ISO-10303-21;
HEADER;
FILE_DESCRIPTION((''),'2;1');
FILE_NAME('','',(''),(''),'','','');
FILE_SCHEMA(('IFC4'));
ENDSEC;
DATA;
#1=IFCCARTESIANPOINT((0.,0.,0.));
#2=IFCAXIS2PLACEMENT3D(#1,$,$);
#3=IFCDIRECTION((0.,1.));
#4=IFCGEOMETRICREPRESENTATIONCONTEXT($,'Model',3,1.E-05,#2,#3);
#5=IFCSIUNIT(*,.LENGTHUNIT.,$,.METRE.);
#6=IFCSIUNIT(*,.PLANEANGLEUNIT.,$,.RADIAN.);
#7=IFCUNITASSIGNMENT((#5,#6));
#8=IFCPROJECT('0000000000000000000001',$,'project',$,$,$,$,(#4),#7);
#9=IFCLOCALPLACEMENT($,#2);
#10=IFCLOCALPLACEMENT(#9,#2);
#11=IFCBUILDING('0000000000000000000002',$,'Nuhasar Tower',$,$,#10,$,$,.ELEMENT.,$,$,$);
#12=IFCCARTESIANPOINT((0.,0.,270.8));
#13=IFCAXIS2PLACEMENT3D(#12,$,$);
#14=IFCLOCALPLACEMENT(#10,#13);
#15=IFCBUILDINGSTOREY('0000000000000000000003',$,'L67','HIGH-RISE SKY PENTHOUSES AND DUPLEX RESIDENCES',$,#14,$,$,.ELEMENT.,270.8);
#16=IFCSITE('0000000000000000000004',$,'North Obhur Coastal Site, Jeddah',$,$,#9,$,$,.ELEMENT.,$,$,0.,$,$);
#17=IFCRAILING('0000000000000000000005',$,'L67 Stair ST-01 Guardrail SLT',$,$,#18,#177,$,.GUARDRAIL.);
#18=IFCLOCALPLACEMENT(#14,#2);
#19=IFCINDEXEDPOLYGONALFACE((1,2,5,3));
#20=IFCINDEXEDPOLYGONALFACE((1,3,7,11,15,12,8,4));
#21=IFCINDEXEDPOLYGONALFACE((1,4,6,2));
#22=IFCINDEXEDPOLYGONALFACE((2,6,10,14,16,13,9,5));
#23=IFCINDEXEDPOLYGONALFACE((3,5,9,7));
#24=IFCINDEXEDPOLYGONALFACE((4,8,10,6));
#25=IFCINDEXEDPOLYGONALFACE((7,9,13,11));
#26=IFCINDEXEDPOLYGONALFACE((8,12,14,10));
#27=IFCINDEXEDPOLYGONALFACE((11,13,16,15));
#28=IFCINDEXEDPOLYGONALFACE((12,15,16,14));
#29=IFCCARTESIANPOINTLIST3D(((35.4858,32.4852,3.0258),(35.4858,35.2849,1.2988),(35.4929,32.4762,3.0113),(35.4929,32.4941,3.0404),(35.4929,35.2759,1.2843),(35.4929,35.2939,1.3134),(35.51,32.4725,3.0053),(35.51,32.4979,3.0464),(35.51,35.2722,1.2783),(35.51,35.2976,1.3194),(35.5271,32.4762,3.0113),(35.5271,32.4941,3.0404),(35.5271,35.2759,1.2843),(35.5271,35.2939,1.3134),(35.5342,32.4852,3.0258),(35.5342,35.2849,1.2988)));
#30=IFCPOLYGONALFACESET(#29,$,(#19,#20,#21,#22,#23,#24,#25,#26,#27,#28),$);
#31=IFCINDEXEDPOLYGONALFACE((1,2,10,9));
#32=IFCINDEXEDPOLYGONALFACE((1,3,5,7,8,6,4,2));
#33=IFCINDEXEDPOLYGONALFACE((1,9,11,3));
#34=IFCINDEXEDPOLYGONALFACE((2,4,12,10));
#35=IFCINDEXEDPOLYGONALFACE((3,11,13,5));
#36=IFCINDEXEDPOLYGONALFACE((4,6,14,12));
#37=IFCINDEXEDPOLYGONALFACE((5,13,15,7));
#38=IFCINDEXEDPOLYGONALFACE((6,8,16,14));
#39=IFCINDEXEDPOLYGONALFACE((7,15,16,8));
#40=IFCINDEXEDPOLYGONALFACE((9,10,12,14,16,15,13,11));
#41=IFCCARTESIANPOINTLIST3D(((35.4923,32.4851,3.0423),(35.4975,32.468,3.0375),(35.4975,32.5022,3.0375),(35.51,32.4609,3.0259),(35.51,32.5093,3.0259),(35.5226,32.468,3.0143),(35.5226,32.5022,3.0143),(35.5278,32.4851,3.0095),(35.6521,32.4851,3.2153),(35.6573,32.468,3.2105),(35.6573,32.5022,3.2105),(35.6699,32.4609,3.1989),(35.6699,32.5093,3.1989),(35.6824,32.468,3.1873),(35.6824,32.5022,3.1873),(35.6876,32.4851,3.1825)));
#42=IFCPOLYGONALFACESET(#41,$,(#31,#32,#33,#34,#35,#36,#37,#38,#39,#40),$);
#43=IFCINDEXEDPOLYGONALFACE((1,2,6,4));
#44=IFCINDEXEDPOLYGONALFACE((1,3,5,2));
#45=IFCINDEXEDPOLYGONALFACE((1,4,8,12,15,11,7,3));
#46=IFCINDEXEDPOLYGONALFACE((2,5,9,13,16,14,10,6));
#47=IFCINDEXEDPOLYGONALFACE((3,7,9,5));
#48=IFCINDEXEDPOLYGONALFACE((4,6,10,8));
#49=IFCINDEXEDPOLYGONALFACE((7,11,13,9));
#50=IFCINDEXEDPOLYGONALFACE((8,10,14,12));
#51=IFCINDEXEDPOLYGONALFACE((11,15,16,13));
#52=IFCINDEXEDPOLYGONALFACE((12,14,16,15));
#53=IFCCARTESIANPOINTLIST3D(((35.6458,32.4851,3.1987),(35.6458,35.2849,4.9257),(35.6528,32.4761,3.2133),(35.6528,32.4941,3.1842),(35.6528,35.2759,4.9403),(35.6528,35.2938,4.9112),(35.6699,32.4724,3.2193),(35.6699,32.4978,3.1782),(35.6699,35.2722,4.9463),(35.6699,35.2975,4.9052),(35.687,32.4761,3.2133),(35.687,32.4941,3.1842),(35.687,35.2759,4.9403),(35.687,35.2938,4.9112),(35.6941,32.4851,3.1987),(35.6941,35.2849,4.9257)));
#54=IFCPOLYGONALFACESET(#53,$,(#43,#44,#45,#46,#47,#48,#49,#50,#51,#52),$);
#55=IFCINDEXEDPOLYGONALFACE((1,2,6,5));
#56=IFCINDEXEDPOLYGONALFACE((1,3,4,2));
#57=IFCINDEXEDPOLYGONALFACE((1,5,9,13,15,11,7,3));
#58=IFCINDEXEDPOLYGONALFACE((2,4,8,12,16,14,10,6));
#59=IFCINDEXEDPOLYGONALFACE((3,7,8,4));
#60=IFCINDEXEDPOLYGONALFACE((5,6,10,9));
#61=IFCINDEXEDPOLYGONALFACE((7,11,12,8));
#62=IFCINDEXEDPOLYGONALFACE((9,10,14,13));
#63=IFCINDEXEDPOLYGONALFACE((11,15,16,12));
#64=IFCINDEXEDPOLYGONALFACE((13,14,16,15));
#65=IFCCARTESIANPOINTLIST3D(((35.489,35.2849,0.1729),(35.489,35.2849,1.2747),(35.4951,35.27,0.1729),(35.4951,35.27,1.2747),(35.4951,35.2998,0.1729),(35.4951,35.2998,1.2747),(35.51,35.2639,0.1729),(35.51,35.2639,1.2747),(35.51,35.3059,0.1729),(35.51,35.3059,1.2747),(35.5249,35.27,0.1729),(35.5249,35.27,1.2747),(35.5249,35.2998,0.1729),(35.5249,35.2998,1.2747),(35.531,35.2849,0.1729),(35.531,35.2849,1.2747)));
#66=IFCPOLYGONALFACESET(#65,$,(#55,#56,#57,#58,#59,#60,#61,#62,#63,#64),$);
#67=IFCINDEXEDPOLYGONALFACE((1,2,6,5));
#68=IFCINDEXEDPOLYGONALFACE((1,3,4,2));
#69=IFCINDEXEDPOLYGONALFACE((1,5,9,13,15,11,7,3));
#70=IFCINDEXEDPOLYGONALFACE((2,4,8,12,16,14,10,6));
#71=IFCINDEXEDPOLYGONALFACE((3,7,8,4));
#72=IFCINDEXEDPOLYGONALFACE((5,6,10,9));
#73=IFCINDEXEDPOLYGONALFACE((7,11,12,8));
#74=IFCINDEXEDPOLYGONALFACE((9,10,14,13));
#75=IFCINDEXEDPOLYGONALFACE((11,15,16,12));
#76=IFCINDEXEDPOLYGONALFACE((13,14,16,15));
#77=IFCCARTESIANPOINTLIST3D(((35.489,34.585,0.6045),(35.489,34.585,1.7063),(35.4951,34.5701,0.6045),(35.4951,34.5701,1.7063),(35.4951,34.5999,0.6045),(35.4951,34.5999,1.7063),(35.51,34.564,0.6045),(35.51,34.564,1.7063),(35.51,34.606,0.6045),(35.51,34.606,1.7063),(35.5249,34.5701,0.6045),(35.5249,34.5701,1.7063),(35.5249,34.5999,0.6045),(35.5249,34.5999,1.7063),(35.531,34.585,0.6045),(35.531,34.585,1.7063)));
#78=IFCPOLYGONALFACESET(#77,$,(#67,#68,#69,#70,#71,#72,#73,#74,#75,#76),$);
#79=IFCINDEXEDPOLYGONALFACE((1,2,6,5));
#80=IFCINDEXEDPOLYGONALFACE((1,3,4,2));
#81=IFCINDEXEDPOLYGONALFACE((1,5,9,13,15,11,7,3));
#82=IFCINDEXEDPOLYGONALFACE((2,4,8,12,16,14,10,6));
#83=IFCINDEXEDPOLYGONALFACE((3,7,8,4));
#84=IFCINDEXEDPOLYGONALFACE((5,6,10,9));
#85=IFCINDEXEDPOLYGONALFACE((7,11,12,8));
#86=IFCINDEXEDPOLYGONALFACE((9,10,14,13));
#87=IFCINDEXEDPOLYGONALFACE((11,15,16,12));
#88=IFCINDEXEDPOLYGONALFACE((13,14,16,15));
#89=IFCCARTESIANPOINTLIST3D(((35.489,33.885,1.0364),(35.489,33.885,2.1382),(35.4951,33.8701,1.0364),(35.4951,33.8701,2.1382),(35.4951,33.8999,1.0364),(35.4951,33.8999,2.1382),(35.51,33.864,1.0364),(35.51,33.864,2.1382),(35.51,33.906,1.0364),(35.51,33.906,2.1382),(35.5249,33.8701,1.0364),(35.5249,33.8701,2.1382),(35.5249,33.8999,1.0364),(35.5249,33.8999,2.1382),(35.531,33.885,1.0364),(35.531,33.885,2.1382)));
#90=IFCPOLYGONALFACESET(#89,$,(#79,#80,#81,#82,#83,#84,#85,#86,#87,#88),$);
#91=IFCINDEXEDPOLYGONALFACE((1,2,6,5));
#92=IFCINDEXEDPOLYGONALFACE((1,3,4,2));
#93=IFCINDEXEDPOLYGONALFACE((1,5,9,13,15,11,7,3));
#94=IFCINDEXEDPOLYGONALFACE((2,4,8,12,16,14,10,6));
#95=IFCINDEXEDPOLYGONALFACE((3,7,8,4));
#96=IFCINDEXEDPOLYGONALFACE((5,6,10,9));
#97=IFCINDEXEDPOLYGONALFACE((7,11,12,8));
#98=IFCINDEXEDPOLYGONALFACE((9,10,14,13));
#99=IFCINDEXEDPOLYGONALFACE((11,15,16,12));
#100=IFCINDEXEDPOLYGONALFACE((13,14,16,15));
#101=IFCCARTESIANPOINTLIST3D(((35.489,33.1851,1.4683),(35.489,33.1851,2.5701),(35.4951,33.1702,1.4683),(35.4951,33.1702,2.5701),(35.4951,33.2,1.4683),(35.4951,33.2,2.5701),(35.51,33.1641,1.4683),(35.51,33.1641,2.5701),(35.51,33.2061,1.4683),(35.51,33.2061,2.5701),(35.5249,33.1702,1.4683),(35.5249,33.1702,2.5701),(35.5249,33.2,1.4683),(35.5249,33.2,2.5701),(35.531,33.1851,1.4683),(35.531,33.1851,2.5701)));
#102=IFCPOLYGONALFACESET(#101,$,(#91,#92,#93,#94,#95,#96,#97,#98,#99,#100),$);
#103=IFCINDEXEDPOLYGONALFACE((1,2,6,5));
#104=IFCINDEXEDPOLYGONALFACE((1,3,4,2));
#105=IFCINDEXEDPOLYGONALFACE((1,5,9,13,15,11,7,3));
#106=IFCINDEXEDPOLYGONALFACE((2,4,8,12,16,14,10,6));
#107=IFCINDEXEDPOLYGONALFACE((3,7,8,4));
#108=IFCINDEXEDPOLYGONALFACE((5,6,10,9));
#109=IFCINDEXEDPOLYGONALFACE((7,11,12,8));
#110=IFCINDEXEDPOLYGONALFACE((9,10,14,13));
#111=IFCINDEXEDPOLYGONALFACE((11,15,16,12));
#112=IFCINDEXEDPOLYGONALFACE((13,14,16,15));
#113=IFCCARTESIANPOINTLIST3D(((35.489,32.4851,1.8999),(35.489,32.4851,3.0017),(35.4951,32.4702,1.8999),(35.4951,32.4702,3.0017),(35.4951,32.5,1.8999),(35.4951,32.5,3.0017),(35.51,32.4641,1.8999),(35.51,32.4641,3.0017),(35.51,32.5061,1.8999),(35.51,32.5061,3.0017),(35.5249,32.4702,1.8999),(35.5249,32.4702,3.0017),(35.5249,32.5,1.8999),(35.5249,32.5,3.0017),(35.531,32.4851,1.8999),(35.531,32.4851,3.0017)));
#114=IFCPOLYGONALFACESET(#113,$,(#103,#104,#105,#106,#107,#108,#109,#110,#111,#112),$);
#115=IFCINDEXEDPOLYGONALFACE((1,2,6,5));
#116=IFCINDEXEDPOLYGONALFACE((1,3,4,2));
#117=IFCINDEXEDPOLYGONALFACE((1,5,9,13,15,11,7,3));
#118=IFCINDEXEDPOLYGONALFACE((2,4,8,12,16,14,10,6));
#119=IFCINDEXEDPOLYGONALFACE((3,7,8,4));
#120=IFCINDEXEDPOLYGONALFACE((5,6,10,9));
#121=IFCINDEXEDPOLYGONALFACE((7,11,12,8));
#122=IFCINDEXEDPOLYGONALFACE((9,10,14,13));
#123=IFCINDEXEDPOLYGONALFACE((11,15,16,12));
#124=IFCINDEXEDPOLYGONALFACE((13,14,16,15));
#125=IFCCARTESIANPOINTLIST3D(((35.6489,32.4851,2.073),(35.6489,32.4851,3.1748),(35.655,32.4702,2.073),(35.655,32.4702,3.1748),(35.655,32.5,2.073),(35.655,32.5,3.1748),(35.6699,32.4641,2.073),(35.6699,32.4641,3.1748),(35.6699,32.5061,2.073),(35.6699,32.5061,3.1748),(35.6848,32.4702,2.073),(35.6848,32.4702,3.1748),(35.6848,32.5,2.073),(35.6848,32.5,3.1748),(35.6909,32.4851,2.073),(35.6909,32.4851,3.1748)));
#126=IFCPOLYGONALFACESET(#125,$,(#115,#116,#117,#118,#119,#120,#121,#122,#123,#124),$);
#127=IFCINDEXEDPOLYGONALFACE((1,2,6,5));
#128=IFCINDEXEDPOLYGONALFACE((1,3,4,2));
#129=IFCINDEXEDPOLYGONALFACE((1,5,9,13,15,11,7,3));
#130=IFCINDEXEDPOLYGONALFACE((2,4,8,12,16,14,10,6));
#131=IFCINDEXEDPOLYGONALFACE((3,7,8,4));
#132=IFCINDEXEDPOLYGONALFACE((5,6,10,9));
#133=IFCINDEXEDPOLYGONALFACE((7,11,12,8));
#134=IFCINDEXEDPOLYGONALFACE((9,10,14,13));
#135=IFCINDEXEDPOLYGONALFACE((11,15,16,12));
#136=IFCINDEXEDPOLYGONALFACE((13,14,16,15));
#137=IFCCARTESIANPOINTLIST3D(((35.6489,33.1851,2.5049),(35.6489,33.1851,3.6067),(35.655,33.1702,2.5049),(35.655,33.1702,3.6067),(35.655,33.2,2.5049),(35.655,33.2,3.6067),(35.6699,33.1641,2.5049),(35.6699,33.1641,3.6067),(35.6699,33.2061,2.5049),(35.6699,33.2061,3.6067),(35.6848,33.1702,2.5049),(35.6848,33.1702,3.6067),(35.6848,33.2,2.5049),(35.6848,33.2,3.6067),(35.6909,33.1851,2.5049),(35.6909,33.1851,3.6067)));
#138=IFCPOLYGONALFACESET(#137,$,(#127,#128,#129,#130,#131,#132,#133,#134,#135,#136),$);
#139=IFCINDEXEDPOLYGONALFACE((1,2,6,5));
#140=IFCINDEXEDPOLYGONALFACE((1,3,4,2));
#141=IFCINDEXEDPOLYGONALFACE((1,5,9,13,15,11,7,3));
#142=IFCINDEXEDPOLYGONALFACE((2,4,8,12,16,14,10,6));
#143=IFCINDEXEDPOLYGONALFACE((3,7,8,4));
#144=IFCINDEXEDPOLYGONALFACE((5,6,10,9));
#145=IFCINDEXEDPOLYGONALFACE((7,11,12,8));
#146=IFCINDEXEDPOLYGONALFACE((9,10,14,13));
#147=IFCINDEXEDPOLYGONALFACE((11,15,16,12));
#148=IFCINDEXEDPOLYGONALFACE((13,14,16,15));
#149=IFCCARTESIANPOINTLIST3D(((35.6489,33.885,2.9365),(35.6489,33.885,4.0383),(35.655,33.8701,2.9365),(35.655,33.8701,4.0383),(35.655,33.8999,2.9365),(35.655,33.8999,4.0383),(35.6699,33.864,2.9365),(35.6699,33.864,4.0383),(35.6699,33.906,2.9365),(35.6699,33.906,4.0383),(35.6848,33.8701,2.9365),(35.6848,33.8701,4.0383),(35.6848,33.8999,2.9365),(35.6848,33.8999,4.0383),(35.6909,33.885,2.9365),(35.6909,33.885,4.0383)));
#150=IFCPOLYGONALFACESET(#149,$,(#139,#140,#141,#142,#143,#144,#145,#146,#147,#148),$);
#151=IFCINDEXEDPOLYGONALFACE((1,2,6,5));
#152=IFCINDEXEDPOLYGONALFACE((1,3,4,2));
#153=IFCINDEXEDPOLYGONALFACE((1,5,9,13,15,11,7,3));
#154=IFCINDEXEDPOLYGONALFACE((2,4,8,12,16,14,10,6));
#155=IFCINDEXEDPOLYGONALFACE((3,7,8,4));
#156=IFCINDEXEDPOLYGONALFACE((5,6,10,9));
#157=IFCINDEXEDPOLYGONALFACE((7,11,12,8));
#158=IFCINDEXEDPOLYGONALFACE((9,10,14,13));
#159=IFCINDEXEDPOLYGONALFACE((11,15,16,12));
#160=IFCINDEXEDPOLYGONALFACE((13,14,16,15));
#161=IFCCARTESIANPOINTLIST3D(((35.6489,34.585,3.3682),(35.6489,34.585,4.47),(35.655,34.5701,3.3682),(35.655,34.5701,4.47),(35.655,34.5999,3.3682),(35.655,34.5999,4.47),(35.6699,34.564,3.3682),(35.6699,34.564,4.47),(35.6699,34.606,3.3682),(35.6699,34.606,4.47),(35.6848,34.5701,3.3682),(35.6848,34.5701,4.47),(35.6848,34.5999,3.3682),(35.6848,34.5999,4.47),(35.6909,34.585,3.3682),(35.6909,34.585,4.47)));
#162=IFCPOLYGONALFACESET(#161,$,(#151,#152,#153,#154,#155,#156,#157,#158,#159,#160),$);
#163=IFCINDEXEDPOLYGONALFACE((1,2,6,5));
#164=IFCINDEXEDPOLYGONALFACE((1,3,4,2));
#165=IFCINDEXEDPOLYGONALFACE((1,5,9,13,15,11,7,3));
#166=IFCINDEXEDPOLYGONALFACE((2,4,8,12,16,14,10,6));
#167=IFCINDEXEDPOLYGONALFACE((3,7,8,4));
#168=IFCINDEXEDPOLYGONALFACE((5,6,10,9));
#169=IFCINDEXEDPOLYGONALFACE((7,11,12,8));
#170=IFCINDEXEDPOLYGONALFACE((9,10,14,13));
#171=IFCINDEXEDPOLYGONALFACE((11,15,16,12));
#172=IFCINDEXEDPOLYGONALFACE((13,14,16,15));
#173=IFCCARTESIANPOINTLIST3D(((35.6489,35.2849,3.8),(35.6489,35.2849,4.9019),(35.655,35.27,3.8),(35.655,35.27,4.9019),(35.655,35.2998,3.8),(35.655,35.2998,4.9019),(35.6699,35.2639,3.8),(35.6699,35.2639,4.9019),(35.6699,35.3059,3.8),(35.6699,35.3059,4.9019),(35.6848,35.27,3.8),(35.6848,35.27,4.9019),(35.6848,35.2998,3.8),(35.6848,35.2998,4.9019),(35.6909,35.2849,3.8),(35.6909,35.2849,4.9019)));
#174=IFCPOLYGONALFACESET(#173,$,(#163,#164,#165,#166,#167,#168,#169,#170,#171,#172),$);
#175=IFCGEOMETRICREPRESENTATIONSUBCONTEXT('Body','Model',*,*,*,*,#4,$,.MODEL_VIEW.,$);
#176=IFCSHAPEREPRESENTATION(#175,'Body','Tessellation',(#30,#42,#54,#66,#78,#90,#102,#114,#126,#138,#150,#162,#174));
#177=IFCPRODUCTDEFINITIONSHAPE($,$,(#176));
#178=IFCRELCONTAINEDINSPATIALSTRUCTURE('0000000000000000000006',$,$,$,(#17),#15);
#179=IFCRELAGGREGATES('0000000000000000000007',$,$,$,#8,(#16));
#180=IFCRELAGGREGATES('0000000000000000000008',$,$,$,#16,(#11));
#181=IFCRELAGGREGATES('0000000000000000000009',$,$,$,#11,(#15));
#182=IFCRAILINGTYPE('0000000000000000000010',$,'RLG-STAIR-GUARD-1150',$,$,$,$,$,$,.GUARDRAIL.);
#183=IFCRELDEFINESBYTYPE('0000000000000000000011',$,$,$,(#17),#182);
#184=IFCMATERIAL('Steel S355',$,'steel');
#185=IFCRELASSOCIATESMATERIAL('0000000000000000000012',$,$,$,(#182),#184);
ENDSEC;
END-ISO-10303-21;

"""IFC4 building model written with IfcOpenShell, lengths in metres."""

from ifc_helpers import new_model, si_unit, direction, frame, origin, place, context, subcontext, project, spatial, polyline, outline, extrude, material, type_object, element, save


model = new_model("IFC4")

# Units and contexts
model_context = context("Model", 3, precision=1e-05, world=origin(), true_north=direction((0.0, 1.0)))
body_context = subcontext(model_context, "Body", "Model", "MODEL_VIEW")
ifc_project = project(units=[si_unit("LENGTHUNIT", "METRE"), si_unit("PLANEANGLEUNIT", "RADIAN")], contexts=[model_context])

# Site, building, storey
site_placement = place(None, origin())
site = spatial("IfcSite", under=ifc_project, at=site_placement, Name="North Obhur Coastal Site, Jeddah", CompositionType="ELEMENT", RefElevation=0.0)
building_placement = place(site_placement, origin())
building = spatial("IfcBuilding", under=site, at=building_placement, Name="Nuhasar Tower", CompositionType="ELEMENT")
storey_placement = place(building_placement, frame((0.0, 0.0, 270.8)))
storey = spatial("IfcBuildingStorey", under=building, at=storey_placement, Name="L67", Description="HIGH-RISE SKY PENTHOUSES AND DUPLEX RESIDENCES", CompositionType="ELEMENT", Elevation=270.8)

# Shared definitions
ifc_material_1 = material(Name="Steel S355", Category="steel")

# Railing
railing_type_1 = type_object("IfcRailingType", Name="RLG-STAIR-GUARD-1150", PredefinedType="GUARDRAIL", material=ifc_material_1)
railing_1_placement = place(storey_placement, frame((35.51, 35.2849, 0.1729)))
element("IfcRailing", 1, at=railing_1_placement, inside=storey, type_object=railing_type_1, Name="L67 Stair ST-01 Guardrail SLT", PredefinedType="GUARDRAIL", context=body_context, shape_type="SweptSolid", body=[
    extrude(outline(polyline([(0.0242, 0.0), (0.0171, 0.0171), (0.0, 0.0242), (-0.0171, 0.0171), (-0.0242, 0.0), (-0.0171, -0.0171), (0.0, -0.0242), (0.0171, -0.0171), (0.0242, 0.0)])), frame((0.0, 0.0, 1.126), z_axis=(0.0, -0.851102, 0.525), x_axis=(1.0, 0.0, 0.0)), (0.0, 0.0, 1.0), 3.2896),
    extrude(outline(polyline([(0.0242, 0.0), (0.0171, 0.0171), (0.0, 0.0242), (-0.0171, 0.0171), (-0.0242, 0.0), (-0.0171, -0.0171), (0.0, -0.0242), (0.0171, -0.0171), (0.0242, 0.0)])), frame((0.0, -2.7998, 2.853), z_axis=(0.678581, 0.0, 0.734525), x_axis=(0.0, 1.0, 0.0)), (0.0, 0.0, 1.0), 0.2356),
    extrude(outline(polyline([(0.0242, 0.0), (0.0171, 0.0171), (0.0, 0.0242), (-0.0171, 0.0171), (-0.0242, 0.0), (-0.0171, -0.0171), (0.0, -0.0242), (0.0171, -0.0171), (0.0242, 0.0)])), frame((0.1599, -2.7998, 3.0259), z_axis=(0.0, 0.851102, 0.525), x_axis=(-1.0, 0.0, 0.0)), (0.0, 0.0, 1.0), 3.2896),
    extrude(outline(polyline([(0.021, 0.0), (0.0149, 0.0149), (0.0, 0.021), (-0.0149, 0.0149), (-0.021, 0.0), (-0.0149, -0.0149), (0.0, -0.021), (0.0149, -0.0149), (0.021, 0.0)])), origin(), (0.0, 0.0, 1.0), 1.1018),
    extrude(outline(polyline([(0.021, 0.0), (0.0149, 0.0149), (0.0, 0.021), (-0.0149, 0.0149), (-0.021, 0.0), (-0.0149, -0.0149), (0.0, -0.021), (0.0149, -0.0149), (0.021, 0.0)])), frame((0.0, -0.7, 0.4316)), (0.0, 0.0, 1.0), 1.1018),
    extrude(outline(polyline([(0.021, 0.0), (0.0149, 0.0149), (0.0, 0.021), (-0.0149, 0.0149), (-0.021, 0.0), (-0.0149, -0.0149), (0.0, -0.021), (0.0149, -0.0149), (0.021, 0.0)])), frame((0.0, -1.3999, 0.8635)), (0.0, 0.0, 1.0), 1.1018),
    extrude(outline(polyline([(0.021, 0.0), (0.0149, 0.0149), (0.0, 0.021), (-0.0149, 0.0149), (-0.021, 0.0), (-0.0149, -0.0149), (0.0, -0.021), (0.0149, -0.0149), (0.021, 0.0)])), frame((0.0, -2.0999, 1.2954)), (0.0, 0.0, 1.0), 1.1018),
    extrude(outline(polyline([(0.021, 0.0), (0.0149, 0.0149), (0.0, 0.021), (-0.0149, 0.0149), (-0.021, 0.0), (-0.0149, -0.0149), (0.0, -0.021), (0.0149, -0.0149), (0.021, 0.0)])), frame((0.0, -2.7998, 1.7271)), (0.0, 0.0, 1.0), 1.1018),
    extrude(outline(polyline([(0.021, 0.0), (0.0149, 0.0149), (0.0, 0.021), (-0.0149, 0.0149), (-0.021, 0.0), (-0.0149, -0.0149), (0.0, -0.021), (0.0149, -0.0149), (0.021, 0.0)])), frame((0.1599, -2.7998, 1.9001)), (0.0, 0.0, 1.0), 1.1018),
    extrude(outline(polyline([(0.021, 0.0), (0.0149, 0.0149), (0.0, 0.021), (-0.0149, 0.0149), (-0.021, 0.0), (-0.0149, -0.0149), (0.0, -0.021), (0.0149, -0.0149), (0.021, 0.0)])), frame((0.1599, -2.0999, 2.332)), (0.0, 0.0, 1.0), 1.1018),
    extrude(outline(polyline([(0.021, 0.0), (0.0149, 0.0149), (0.0, 0.021), (-0.0149, 0.0149), (-0.021, 0.0), (-0.0149, -0.0149), (0.0, -0.021), (0.0149, -0.0149), (0.021, 0.0)])), frame((0.1599, -1.3999, 2.7637)), (0.0, 0.0, 1.0), 1.1018),
    extrude(outline(polyline([(0.021, 0.0), (0.0149, 0.0149), (0.0, 0.021), (-0.0149, 0.0149), (-0.021, 0.0), (-0.0149, -0.0149), (0.0, -0.021), (0.0149, -0.0149), (0.021, 0.0)])), frame((0.1599, -0.7, 3.1953)), (0.0, 0.0, 1.0), 1.1018),
    extrude(outline(polyline([(0.021, 0.0), (0.0149, 0.0149), (0.0, 0.021), (-0.0149, 0.0149), (-0.021, 0.0), (-0.0149, -0.0149), (0.0, -0.021), (0.0149, -0.0149), (0.021, 0.0)])), frame((0.1599, 0.0, 3.6272)), (0.0, 0.0, 1.0), 1.1018),
])

save(model, "model.ifc")
